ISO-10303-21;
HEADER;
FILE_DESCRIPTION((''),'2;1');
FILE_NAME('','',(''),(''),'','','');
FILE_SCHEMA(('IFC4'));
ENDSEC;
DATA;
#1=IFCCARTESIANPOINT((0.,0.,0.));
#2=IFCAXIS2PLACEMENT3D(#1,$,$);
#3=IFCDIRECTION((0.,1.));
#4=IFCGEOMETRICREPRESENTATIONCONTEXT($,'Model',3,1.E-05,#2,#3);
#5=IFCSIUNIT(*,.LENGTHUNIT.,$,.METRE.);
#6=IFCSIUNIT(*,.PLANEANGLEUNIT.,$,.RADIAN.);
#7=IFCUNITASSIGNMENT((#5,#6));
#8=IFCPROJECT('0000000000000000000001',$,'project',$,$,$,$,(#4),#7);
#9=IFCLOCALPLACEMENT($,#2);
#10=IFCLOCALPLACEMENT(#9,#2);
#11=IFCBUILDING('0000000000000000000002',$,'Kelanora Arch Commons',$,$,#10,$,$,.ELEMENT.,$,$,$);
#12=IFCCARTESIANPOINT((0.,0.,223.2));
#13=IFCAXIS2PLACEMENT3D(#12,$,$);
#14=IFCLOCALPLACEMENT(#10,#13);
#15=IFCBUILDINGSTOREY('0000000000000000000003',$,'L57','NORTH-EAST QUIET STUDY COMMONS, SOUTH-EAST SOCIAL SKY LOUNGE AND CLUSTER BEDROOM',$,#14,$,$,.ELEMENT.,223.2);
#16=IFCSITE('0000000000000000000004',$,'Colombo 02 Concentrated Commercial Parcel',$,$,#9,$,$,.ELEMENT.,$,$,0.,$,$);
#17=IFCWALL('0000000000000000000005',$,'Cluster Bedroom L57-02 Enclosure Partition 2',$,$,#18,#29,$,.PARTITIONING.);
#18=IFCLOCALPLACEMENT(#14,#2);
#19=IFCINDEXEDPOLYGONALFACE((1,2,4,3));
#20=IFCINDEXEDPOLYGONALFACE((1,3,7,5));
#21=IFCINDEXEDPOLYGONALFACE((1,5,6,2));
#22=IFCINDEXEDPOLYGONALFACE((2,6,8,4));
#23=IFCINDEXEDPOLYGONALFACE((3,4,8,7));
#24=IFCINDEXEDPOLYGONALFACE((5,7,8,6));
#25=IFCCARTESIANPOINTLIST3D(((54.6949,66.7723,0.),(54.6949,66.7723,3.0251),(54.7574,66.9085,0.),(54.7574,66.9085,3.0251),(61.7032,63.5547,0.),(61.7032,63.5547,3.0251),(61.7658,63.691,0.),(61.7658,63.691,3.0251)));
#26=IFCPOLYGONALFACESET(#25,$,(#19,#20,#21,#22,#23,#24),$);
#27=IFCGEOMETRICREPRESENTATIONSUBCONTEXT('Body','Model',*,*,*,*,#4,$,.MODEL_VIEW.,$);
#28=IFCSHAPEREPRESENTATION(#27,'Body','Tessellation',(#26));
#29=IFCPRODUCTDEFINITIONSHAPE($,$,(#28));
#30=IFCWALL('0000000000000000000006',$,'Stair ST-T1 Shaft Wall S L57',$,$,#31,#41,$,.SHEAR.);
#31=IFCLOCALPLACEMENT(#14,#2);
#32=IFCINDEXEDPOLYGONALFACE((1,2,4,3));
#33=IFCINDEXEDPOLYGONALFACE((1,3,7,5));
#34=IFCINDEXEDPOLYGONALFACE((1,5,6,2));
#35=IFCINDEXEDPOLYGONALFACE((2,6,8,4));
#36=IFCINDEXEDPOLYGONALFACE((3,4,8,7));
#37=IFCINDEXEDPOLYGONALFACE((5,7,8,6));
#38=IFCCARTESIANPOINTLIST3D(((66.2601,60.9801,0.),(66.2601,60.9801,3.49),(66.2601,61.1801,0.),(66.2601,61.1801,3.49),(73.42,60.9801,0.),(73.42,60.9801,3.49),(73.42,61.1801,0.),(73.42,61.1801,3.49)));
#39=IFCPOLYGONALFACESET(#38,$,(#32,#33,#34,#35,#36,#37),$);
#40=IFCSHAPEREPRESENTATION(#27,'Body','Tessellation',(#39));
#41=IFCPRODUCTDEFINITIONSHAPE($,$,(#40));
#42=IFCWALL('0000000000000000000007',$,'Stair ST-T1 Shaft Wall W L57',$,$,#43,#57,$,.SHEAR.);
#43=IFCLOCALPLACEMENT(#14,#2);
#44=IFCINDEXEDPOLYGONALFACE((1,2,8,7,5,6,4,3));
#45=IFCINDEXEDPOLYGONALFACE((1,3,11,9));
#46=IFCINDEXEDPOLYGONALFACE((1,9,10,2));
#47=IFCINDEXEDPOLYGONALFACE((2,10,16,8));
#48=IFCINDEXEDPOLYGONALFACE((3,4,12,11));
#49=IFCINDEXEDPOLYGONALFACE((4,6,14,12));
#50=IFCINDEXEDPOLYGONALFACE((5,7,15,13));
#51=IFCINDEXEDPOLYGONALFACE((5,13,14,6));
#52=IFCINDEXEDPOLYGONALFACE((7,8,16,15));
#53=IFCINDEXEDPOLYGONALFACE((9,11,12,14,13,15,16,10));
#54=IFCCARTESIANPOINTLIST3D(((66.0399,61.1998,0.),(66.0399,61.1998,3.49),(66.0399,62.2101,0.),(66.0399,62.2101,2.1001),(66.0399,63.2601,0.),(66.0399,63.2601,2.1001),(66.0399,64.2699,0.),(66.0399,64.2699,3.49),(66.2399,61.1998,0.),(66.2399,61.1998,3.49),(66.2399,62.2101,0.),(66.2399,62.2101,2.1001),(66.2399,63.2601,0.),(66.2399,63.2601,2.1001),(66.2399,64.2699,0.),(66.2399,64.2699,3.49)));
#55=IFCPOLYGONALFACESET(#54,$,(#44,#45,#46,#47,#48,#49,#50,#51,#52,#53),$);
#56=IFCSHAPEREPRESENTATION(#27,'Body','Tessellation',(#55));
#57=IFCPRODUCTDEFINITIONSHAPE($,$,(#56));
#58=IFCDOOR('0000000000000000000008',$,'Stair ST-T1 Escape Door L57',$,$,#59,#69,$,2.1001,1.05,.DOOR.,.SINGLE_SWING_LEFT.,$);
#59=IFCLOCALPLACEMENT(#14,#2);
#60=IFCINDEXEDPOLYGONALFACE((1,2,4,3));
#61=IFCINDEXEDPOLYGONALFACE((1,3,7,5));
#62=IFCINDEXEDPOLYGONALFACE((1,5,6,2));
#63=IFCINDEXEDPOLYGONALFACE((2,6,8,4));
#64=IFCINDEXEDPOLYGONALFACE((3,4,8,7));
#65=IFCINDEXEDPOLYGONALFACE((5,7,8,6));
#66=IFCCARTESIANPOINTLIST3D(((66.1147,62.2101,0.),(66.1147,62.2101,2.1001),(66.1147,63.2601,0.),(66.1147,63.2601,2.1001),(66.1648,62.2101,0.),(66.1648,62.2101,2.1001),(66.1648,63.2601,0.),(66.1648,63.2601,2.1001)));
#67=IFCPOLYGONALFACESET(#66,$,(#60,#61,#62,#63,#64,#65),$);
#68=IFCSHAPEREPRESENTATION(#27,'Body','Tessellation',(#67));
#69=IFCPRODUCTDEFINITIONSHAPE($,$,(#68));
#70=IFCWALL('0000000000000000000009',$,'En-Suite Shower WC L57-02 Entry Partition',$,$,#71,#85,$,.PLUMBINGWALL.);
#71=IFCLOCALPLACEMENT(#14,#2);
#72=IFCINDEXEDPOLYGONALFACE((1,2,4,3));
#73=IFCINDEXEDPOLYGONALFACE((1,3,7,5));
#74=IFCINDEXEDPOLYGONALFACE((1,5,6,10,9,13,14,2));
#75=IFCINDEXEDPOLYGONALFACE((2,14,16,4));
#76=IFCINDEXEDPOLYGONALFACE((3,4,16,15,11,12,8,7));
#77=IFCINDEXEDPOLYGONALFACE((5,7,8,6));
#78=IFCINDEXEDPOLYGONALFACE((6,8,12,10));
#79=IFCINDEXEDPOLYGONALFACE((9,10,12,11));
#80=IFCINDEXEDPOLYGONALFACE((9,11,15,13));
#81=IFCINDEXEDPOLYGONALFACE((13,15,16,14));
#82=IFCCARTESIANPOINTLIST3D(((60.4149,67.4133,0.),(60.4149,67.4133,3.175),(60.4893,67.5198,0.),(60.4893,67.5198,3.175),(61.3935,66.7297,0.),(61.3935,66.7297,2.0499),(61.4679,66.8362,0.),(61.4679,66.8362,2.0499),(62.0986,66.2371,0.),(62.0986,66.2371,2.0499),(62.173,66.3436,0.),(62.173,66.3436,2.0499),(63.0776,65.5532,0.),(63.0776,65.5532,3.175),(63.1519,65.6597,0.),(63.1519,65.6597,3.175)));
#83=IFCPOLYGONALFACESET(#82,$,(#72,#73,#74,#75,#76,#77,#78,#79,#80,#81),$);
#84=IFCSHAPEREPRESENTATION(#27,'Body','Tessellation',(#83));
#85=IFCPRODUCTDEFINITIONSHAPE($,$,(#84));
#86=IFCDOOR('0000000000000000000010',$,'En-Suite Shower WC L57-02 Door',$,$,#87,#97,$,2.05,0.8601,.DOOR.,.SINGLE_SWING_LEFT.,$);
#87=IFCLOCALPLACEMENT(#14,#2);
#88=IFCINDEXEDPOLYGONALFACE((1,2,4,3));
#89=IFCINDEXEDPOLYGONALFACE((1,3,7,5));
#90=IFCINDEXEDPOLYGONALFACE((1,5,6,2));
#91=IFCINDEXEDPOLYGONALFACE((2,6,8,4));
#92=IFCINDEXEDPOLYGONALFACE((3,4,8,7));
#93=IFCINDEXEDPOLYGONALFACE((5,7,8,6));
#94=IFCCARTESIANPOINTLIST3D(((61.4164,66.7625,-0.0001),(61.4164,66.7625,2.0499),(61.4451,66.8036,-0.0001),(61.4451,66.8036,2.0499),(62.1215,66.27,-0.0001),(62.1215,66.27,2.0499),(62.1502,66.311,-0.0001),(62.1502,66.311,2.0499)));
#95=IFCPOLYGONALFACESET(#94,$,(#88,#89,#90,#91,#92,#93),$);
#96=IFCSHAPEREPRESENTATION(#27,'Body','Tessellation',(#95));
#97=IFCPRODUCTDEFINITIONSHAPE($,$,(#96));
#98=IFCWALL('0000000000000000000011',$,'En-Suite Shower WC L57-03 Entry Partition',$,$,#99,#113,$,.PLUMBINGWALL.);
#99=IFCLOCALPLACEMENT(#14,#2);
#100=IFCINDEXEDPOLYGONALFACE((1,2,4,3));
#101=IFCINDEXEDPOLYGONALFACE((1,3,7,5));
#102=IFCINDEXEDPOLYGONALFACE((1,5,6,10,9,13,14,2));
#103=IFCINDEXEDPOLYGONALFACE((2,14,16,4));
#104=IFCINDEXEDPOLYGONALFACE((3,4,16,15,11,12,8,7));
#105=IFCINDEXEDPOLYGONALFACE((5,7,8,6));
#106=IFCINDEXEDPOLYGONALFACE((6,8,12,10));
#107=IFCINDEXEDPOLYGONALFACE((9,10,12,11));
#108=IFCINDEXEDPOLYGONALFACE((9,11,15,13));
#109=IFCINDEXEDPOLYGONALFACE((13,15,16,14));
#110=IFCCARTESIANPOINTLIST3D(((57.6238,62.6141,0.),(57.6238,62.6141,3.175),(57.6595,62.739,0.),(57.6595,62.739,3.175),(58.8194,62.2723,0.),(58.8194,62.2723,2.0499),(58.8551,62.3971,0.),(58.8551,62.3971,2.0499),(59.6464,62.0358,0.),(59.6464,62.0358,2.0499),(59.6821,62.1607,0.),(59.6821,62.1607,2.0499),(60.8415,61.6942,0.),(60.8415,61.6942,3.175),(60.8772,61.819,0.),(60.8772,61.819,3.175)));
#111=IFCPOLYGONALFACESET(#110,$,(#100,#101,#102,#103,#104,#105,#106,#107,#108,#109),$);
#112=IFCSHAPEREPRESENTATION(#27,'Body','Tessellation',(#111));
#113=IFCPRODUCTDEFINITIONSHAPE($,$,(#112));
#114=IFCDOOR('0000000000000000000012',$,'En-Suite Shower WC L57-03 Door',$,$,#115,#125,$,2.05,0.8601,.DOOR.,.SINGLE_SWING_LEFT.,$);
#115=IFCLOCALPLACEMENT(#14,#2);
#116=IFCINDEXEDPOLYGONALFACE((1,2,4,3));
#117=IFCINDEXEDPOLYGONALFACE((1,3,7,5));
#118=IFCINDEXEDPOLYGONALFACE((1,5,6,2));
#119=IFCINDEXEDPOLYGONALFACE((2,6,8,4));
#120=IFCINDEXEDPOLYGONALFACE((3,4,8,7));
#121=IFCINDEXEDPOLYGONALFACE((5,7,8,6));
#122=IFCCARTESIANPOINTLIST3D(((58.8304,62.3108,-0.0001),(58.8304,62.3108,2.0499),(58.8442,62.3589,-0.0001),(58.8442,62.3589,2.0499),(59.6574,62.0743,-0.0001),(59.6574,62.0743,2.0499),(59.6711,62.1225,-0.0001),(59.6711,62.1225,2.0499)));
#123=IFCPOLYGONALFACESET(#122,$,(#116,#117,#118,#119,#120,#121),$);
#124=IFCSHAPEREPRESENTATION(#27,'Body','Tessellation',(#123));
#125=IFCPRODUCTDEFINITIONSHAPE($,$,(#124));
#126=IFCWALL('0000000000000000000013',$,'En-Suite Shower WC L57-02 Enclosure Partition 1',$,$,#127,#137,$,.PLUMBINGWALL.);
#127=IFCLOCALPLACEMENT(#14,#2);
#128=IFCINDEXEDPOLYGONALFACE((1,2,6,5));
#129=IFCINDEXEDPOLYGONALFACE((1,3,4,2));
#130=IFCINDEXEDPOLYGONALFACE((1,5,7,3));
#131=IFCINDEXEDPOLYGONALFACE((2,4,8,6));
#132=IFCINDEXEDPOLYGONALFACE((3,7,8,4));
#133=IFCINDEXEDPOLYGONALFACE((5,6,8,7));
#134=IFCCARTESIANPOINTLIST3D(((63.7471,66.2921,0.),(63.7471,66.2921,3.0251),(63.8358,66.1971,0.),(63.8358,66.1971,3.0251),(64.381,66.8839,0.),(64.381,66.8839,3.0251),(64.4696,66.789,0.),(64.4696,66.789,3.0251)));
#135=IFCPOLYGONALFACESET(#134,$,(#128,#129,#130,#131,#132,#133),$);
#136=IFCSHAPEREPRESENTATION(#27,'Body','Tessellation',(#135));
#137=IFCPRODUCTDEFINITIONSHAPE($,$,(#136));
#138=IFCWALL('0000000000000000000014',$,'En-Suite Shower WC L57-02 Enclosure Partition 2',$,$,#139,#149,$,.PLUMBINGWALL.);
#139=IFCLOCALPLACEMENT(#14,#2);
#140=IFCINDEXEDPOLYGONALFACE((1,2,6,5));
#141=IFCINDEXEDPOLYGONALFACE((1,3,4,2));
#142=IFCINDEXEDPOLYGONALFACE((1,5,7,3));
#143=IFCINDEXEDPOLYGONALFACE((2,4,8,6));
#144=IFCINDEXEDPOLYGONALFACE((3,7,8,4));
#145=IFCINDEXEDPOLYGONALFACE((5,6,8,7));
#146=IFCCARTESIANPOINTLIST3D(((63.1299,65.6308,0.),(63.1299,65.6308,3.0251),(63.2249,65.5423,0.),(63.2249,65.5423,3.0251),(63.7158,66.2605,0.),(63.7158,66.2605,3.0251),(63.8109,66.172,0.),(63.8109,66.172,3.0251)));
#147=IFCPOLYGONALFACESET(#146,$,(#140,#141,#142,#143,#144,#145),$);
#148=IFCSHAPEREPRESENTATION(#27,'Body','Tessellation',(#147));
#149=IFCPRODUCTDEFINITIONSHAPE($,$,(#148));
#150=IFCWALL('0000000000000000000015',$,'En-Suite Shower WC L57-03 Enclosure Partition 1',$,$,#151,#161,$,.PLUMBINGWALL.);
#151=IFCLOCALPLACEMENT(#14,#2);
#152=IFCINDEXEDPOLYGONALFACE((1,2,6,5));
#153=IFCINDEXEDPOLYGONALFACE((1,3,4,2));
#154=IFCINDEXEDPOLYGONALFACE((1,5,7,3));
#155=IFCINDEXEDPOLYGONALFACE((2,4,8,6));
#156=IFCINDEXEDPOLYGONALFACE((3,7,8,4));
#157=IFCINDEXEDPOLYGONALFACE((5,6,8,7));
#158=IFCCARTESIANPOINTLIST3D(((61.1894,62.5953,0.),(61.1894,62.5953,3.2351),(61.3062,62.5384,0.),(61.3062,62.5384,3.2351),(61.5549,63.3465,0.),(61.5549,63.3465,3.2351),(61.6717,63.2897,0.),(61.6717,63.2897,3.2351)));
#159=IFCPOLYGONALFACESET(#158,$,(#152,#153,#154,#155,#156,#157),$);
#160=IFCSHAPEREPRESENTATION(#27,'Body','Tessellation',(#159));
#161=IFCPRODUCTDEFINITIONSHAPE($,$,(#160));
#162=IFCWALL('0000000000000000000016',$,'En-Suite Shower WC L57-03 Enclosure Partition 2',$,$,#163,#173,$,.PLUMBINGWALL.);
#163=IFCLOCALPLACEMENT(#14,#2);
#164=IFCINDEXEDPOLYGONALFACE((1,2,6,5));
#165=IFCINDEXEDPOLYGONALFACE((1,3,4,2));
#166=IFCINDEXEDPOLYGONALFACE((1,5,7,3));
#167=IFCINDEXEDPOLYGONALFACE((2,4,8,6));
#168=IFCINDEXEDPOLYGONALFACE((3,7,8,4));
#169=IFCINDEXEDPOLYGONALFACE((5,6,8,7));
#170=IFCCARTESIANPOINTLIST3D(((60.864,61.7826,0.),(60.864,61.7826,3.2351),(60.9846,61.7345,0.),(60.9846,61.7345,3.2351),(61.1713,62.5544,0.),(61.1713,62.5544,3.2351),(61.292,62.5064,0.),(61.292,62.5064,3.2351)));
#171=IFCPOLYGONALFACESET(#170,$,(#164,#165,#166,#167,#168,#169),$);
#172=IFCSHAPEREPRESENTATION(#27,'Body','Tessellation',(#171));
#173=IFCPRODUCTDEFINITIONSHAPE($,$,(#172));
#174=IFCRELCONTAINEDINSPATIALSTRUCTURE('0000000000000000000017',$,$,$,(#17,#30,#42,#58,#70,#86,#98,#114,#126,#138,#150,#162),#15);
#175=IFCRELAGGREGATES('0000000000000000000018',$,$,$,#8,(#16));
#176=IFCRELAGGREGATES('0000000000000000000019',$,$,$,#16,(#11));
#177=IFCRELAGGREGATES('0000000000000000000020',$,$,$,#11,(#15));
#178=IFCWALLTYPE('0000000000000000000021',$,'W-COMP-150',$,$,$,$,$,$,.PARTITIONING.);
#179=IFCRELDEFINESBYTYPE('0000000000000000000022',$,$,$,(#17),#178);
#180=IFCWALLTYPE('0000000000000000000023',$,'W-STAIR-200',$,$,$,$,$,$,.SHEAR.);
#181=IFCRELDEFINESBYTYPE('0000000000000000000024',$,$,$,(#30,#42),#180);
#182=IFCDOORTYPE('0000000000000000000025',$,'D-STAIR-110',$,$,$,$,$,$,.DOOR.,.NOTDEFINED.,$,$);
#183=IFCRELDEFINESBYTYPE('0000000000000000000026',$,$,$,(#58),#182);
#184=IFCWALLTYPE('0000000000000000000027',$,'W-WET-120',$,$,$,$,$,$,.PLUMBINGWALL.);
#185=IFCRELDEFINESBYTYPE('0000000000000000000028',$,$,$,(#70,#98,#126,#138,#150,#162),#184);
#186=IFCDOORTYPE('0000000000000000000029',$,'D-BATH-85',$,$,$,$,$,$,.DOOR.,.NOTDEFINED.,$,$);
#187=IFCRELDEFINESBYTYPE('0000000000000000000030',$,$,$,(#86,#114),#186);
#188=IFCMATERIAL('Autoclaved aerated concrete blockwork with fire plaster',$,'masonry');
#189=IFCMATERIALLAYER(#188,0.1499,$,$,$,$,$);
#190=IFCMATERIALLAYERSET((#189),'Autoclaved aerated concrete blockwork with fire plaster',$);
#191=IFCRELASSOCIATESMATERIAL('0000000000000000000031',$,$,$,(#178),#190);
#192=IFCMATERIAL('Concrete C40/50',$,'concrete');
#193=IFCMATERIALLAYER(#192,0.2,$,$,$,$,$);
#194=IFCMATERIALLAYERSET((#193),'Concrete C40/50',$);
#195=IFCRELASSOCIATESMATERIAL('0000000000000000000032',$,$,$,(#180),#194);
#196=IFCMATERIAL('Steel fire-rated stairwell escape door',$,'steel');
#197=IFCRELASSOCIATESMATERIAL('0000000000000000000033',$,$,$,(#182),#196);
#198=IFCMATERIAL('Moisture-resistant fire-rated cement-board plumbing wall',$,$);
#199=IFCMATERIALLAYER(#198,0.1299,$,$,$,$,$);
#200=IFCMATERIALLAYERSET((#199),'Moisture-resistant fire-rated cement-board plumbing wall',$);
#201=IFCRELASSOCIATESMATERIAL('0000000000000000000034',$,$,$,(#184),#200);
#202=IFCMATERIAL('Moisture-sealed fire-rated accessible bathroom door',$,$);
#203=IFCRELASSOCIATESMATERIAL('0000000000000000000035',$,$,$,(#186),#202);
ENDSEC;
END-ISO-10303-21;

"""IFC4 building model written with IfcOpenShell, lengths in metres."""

from ifc_helpers import new_model, si_unit, direction, frame, frame_2d, origin, place, context, subcontext, project, spatial, rectangle, extrude, material, layer, layer_set, type_object, element, fill, save


model = new_model("IFC4")

# Units and contexts
model_context = context("Model", 3, precision=1e-05, world=origin(), true_north=direction((0.0, 1.0)))
body_context = subcontext(model_context, "Body", "Model", "MODEL_VIEW")
ifc_project = project(units=[si_unit("LENGTHUNIT", "METRE"), si_unit("PLANEANGLEUNIT", "RADIAN")], contexts=[model_context])

# Site, building, storey
site_placement = place(None, origin())
site = spatial("IfcSite", under=ifc_project, at=site_placement, Name="Colombo 02 Concentrated Commercial Parcel", CompositionType="ELEMENT", RefElevation=0.0)
building_placement = place(site_placement, origin())
building = spatial("IfcBuilding", under=site, at=building_placement, Name="Kelanora Arch Commons", CompositionType="ELEMENT")
storey_placement = place(building_placement, frame((0.0, 0.0, 223.2)))
storey = spatial("IfcBuildingStorey", under=building, at=storey_placement, Name="L57", Description="NORTH-EAST QUIET STUDY COMMONS, SOUTH-EAST SOCIAL SKY LOUNGE AND CLUSTER BEDROOM", CompositionType="ELEMENT", Elevation=223.2)

# Shared definitions
ifc_material_1 = material(Name="Autoclaved aerated concrete blockwork with fire plaster", Category="masonry")
ifc_layer_1 = layer(ifc_material_1, 0.1499)
ifc_layer_set_1 = layer_set([ifc_layer_1], Name="Autoclaved aerated concrete blockwork with fire plaster")
wall_type_1 = type_object("IfcWallType", Name="W-COMP-150", PredefinedType="PARTITIONING", material=ifc_layer_set_1)

# Walls
wall_1_placement = place(storey_placement, frame((61.7346, 63.6228, 0.0), z_axis=(0.0, 0.0, 1.0), x_axis=(-0.9088, 0.417232, 0.0)))
element("IfcWall", 1, at=wall_1_placement, inside=storey, type_object=wall_type_1, Name="Cluster Bedroom L57-02 Enclosure Partition 2", PredefinedType="PARTITIONING", context=body_context, shape_type="SweptSolid", body=[
    extrude(rectangle(XDim=7.7117, YDim=0.1499, at=frame_2d((3.856, 0.0))), origin(), (0.0, 0.0, 1.0), 3.0251),
])
ifc_material_2 = material(Name="Concrete C40/50", Category="concrete")
ifc_layer_2 = layer(ifc_material_2, 0.2)
ifc_layer_set_2 = layer_set([ifc_layer_2], Name="Concrete C40/50")
wall_type_2 = type_object("IfcWallType", Name="W-STAIR-200", PredefinedType="SHEAR", material=ifc_layer_set_2)
wall_2_placement = place(storey_placement, frame((66.26, 61.0801, 0.0), z_axis=(0.0, 0.0, 1.0), x_axis=(1.0, 0.0, 0.0)))
element("IfcWall", 2, at=wall_2_placement, inside=storey, type_object=wall_type_2, Name="Stair ST-T1 Shaft Wall S L57", PredefinedType="SHEAR", context=body_context, shape_type="SweptSolid", body=[
    extrude(rectangle(XDim=7.1599, YDim=0.2, at=frame_2d((3.5801, 0.0))), origin(), (0.0, 0.0, 1.0), 3.49),
])

# Walls, openings, doors
wall_3_placement = place(storey_placement, frame((66.1399, 64.27, 0.0), z_axis=(0.0, 0.0, 1.0), x_axis=(0.0, -1.0, 0.0)))
wall_3 = element("IfcWall", 3, at=wall_3_placement, inside=storey, type_object=wall_type_2, Name="Stair ST-T1 Shaft Wall W L57", PredefinedType="SHEAR", context=body_context, shape_type="SweptSolid", body=[
    extrude(rectangle(XDim=3.0701, YDim=0.2, at=frame_2d((1.5352, 0.0))), origin(), (0.0, 0.0, 1.0), 3.49),
])
opening_1_placement = place(wall_3_placement, frame((1.01, 0.0, 0.0)))
opening_1 = element("IfcOpeningElement", 4, at=opening_1_placement, cuts=wall_3, PredefinedType="OPENING", context=body_context, shape_type="SweptSolid", body=[
    extrude(rectangle(XDim=1.05, YDim=2.1001, at=frame_2d((0.5249, 1.05))), frame((0.0, 0.1099, 0.0), z_axis=(0.0, -1.0, 0.0), x_axis=(1.0, 0.0, 0.0)), (0.0, 0.0, 1.0), 0.22),
])
ifc_material_3 = material(Name="Steel fire-rated stairwell escape door", Category="steel")
door_type_1 = type_object("IfcDoorType", Name="D-STAIR-110", OperationType="NOTDEFINED", PredefinedType="DOOR", material=ifc_material_3)
door_1_placement = place(opening_1_placement, origin())
door_1 = element("IfcDoor", 5, at=door_1_placement, inside=storey, type_object=door_type_1, Name="Stair ST-T1 Escape Door L57", OperationType="SINGLE_SWING_LEFT", OverallHeight=2.1001, OverallWidth=1.05, PredefinedType="DOOR", context=body_context, shape_type="SweptSolid", body=[
    extrude(rectangle(XDim=1.05, YDim=2.1001, at=frame_2d((0.5249, 1.05))), frame((0.0, 0.0249, 0.0), z_axis=(0.0, -1.0, 0.0), x_axis=(1.0, 0.0, 0.0)), (0.0, 0.0, 1.0), 0.05),
])
fill(opening_1, door_1)
ifc_material_4 = material(Name="Moisture-resistant fire-rated cement-board plumbing wall")
ifc_layer_3 = layer(ifc_material_4, 0.1299)
ifc_layer_set_3 = layer_set([ifc_layer_3], Name="Moisture-resistant fire-rated cement-board plumbing wall")
wall_type_3 = type_object("IfcWallType", Name="W-WET-120", PredefinedType="PLUMBINGWALL", material=ifc_layer_set_3)
wall_4_placement = place(storey_placement, frame((63.1147, 65.6064, 0.0), z_axis=(0.0, 0.0, 1.0), x_axis=(-0.819768, 0.572695, 0.0)))
wall_4 = element("IfcWall", 6, at=wall_4_placement, inside=storey, type_object=wall_type_3, Name="En-Suite Shower WC L57-02 Entry Partition", PredefinedType="PLUMBINGWALL", context=body_context, shape_type="SweptSolid", body=[
    extrude(rectangle(XDim=3.248, YDim=0.1299, at=frame_2d((1.624, 0.0))), origin(), (0.0, 0.0, 1.0), 3.175),
])
opening_2_placement = place(wall_4_placement, frame((1.1941, 0.0, 0.0)))
opening_2 = element("IfcOpeningElement", 7, at=opening_2_placement, cuts=wall_4, PredefinedType="OPENING", context=body_context, shape_type="SweptSolid", body=[
    extrude(rectangle(XDim=0.8601, YDim=2.05, at=frame_2d((0.4302, 1.0249))), frame((0.0, 0.075, 0.0), z_axis=(0.0, -1.0, 0.0), x_axis=(1.0, 0.0, 0.0)), (0.0, 0.0, 1.0), 0.1499),
])
ifc_material_5 = material(Name="Moisture-sealed fire-rated accessible bathroom door")
door_type_2 = type_object("IfcDoorType", Name="D-BATH-85", OperationType="NOTDEFINED", PredefinedType="DOOR", material=ifc_material_5)
door_2_placement = place(opening_2_placement, origin())
door_2 = element("IfcDoor", 8, at=door_2_placement, inside=storey, type_object=door_type_2, Name="En-Suite Shower WC L57-02 Door", OperationType="SINGLE_SWING_LEFT", OverallHeight=2.05, OverallWidth=0.8601, PredefinedType="DOOR", context=body_context, shape_type="SweptSolid", body=[
    extrude(rectangle(XDim=0.8601, YDim=2.05, at=frame_2d((0.4302, 1.0249))), frame((0.0, 0.0249, 0.0), z_axis=(0.0, -1.0, 0.0), x_axis=(1.0, 0.0, 0.0)), (0.0, 0.0, 1.0), 0.05),
])
fill(opening_2, door_2)
wall_5_placement = place(storey_placement, frame((60.8594, 61.7566, 0.0), z_axis=(0.0, 0.0, 1.0), x_axis=(-0.96148, 0.274875, 0.0)))
wall_5 = element("IfcWall", 9, at=wall_5_placement, inside=storey, type_object=wall_type_3, Name="En-Suite Shower WC L57-03 Entry Partition", PredefinedType="PLUMBINGWALL", context=body_context, shape_type="SweptSolid", body=[
    extrude(rectangle(XDim=3.3467, YDim=0.1299, at=frame_2d((1.6733, 0.0))), origin(), (0.0, 0.0, 1.0), 3.175),
])
opening_3_placement = place(wall_5_placement, frame((1.2429, 0.0, 0.0)))
opening_3 = element("IfcOpeningElement", 10, at=opening_3_placement, cuts=wall_5, PredefinedType="OPENING", context=body_context, shape_type="SweptSolid", body=[
    extrude(rectangle(XDim=0.8601, YDim=2.05, at=frame_2d((0.4302, 1.0249))), frame((0.0, 0.075, 0.0), z_axis=(0.0, -1.0, 0.0), x_axis=(1.0, 0.0, 0.0)), (0.0, 0.0, 1.0), 0.1499),
])
door_3_placement = place(opening_3_placement, origin())
door_3 = element("IfcDoor", 11, at=door_3_placement, inside=storey, type_object=door_type_2, Name="En-Suite Shower WC L57-03 Door", OperationType="SINGLE_SWING_LEFT", OverallHeight=2.05, OverallWidth=0.8601, PredefinedType="DOOR", context=body_context, shape_type="SweptSolid", body=[
    extrude(rectangle(XDim=0.8601, YDim=2.05, at=frame_2d((0.4302, 1.0249))), frame((0.0, 0.0249, 0.0), z_axis=(0.0, -1.0, 0.0), x_axis=(1.0, 0.0, 0.0)), (0.0, 0.0, 1.0), 0.05),
])
fill(opening_3, door_3)

# Walls
wall_6_placement = place(storey_placement, frame((64.4253, 66.8364, 0.0), z_axis=(0.0, 0.0, 1.0), x_axis=(-0.730905, -0.682479, 0.0)))
element("IfcWall", 12, at=wall_6_placement, inside=storey, type_object=wall_type_3, Name="En-Suite Shower WC L57-02 Enclosure Partition 1", PredefinedType="PLUMBINGWALL", context=body_context, shape_type="SweptSolid", body=[
    extrude(rectangle(XDim=0.8672, YDim=0.1299, at=frame_2d((0.4336, 0.0))), origin(), (0.0, 0.0, 1.0), 3.0251),
])
wall_7_placement = place(storey_placement, frame((63.7634, 66.2163, 0.0), z_axis=(0.0, 0.0, 1.0), x_axis=(-0.681245, -0.732055, 0.0)))
element("IfcWall", 13, at=wall_7_placement, inside=storey, type_object=wall_type_3, Name="En-Suite Shower WC L57-02 Enclosure Partition 2", PredefinedType="PLUMBINGWALL", context=body_context, shape_type="SweptSolid", body=[
    extrude(rectangle(XDim=0.8601, YDim=0.1299, at=frame_2d((0.4302, 0.0))), origin(), (0.0, 0.0, 1.0), 3.0251),
])
wall_8_placement = place(storey_placement, frame((61.6133, 63.3181, 0.0), z_axis=(0.0, 0.0, 1.0), x_axis=(-0.437485, -0.899226, 0.0)))
element("IfcWall", 14, at=wall_8_placement, inside=storey, type_object=wall_type_3, Name="En-Suite Shower WC L57-03 Enclosure Partition 1", PredefinedType="PLUMBINGWALL", context=body_context, shape_type="SweptSolid", body=[
    extrude(rectangle(XDim=0.8354, YDim=0.1299, at=frame_2d((0.4177, 0.0))), origin(), (0.0, 0.0, 1.0), 3.2351),
])
wall_9_placement = place(storey_placement, frame((61.2317, 62.5305, 0.0), z_axis=(0.0, 0.0, 1.0), x_axis=(-0.369921, -0.929063, 0.0)))
element("IfcWall", 15, at=wall_9_placement, inside=storey, type_object=wall_type_3, Name="En-Suite Shower WC L57-03 Enclosure Partition 2", PredefinedType="PLUMBINGWALL", context=body_context, shape_type="SweptSolid", body=[
    extrude(rectangle(XDim=0.8308, YDim=0.1299, at=frame_2d((0.4155, 0.0))), origin(), (0.0, 0.0, 1.0), 3.2351),
])

save(model, "model.ifc")
